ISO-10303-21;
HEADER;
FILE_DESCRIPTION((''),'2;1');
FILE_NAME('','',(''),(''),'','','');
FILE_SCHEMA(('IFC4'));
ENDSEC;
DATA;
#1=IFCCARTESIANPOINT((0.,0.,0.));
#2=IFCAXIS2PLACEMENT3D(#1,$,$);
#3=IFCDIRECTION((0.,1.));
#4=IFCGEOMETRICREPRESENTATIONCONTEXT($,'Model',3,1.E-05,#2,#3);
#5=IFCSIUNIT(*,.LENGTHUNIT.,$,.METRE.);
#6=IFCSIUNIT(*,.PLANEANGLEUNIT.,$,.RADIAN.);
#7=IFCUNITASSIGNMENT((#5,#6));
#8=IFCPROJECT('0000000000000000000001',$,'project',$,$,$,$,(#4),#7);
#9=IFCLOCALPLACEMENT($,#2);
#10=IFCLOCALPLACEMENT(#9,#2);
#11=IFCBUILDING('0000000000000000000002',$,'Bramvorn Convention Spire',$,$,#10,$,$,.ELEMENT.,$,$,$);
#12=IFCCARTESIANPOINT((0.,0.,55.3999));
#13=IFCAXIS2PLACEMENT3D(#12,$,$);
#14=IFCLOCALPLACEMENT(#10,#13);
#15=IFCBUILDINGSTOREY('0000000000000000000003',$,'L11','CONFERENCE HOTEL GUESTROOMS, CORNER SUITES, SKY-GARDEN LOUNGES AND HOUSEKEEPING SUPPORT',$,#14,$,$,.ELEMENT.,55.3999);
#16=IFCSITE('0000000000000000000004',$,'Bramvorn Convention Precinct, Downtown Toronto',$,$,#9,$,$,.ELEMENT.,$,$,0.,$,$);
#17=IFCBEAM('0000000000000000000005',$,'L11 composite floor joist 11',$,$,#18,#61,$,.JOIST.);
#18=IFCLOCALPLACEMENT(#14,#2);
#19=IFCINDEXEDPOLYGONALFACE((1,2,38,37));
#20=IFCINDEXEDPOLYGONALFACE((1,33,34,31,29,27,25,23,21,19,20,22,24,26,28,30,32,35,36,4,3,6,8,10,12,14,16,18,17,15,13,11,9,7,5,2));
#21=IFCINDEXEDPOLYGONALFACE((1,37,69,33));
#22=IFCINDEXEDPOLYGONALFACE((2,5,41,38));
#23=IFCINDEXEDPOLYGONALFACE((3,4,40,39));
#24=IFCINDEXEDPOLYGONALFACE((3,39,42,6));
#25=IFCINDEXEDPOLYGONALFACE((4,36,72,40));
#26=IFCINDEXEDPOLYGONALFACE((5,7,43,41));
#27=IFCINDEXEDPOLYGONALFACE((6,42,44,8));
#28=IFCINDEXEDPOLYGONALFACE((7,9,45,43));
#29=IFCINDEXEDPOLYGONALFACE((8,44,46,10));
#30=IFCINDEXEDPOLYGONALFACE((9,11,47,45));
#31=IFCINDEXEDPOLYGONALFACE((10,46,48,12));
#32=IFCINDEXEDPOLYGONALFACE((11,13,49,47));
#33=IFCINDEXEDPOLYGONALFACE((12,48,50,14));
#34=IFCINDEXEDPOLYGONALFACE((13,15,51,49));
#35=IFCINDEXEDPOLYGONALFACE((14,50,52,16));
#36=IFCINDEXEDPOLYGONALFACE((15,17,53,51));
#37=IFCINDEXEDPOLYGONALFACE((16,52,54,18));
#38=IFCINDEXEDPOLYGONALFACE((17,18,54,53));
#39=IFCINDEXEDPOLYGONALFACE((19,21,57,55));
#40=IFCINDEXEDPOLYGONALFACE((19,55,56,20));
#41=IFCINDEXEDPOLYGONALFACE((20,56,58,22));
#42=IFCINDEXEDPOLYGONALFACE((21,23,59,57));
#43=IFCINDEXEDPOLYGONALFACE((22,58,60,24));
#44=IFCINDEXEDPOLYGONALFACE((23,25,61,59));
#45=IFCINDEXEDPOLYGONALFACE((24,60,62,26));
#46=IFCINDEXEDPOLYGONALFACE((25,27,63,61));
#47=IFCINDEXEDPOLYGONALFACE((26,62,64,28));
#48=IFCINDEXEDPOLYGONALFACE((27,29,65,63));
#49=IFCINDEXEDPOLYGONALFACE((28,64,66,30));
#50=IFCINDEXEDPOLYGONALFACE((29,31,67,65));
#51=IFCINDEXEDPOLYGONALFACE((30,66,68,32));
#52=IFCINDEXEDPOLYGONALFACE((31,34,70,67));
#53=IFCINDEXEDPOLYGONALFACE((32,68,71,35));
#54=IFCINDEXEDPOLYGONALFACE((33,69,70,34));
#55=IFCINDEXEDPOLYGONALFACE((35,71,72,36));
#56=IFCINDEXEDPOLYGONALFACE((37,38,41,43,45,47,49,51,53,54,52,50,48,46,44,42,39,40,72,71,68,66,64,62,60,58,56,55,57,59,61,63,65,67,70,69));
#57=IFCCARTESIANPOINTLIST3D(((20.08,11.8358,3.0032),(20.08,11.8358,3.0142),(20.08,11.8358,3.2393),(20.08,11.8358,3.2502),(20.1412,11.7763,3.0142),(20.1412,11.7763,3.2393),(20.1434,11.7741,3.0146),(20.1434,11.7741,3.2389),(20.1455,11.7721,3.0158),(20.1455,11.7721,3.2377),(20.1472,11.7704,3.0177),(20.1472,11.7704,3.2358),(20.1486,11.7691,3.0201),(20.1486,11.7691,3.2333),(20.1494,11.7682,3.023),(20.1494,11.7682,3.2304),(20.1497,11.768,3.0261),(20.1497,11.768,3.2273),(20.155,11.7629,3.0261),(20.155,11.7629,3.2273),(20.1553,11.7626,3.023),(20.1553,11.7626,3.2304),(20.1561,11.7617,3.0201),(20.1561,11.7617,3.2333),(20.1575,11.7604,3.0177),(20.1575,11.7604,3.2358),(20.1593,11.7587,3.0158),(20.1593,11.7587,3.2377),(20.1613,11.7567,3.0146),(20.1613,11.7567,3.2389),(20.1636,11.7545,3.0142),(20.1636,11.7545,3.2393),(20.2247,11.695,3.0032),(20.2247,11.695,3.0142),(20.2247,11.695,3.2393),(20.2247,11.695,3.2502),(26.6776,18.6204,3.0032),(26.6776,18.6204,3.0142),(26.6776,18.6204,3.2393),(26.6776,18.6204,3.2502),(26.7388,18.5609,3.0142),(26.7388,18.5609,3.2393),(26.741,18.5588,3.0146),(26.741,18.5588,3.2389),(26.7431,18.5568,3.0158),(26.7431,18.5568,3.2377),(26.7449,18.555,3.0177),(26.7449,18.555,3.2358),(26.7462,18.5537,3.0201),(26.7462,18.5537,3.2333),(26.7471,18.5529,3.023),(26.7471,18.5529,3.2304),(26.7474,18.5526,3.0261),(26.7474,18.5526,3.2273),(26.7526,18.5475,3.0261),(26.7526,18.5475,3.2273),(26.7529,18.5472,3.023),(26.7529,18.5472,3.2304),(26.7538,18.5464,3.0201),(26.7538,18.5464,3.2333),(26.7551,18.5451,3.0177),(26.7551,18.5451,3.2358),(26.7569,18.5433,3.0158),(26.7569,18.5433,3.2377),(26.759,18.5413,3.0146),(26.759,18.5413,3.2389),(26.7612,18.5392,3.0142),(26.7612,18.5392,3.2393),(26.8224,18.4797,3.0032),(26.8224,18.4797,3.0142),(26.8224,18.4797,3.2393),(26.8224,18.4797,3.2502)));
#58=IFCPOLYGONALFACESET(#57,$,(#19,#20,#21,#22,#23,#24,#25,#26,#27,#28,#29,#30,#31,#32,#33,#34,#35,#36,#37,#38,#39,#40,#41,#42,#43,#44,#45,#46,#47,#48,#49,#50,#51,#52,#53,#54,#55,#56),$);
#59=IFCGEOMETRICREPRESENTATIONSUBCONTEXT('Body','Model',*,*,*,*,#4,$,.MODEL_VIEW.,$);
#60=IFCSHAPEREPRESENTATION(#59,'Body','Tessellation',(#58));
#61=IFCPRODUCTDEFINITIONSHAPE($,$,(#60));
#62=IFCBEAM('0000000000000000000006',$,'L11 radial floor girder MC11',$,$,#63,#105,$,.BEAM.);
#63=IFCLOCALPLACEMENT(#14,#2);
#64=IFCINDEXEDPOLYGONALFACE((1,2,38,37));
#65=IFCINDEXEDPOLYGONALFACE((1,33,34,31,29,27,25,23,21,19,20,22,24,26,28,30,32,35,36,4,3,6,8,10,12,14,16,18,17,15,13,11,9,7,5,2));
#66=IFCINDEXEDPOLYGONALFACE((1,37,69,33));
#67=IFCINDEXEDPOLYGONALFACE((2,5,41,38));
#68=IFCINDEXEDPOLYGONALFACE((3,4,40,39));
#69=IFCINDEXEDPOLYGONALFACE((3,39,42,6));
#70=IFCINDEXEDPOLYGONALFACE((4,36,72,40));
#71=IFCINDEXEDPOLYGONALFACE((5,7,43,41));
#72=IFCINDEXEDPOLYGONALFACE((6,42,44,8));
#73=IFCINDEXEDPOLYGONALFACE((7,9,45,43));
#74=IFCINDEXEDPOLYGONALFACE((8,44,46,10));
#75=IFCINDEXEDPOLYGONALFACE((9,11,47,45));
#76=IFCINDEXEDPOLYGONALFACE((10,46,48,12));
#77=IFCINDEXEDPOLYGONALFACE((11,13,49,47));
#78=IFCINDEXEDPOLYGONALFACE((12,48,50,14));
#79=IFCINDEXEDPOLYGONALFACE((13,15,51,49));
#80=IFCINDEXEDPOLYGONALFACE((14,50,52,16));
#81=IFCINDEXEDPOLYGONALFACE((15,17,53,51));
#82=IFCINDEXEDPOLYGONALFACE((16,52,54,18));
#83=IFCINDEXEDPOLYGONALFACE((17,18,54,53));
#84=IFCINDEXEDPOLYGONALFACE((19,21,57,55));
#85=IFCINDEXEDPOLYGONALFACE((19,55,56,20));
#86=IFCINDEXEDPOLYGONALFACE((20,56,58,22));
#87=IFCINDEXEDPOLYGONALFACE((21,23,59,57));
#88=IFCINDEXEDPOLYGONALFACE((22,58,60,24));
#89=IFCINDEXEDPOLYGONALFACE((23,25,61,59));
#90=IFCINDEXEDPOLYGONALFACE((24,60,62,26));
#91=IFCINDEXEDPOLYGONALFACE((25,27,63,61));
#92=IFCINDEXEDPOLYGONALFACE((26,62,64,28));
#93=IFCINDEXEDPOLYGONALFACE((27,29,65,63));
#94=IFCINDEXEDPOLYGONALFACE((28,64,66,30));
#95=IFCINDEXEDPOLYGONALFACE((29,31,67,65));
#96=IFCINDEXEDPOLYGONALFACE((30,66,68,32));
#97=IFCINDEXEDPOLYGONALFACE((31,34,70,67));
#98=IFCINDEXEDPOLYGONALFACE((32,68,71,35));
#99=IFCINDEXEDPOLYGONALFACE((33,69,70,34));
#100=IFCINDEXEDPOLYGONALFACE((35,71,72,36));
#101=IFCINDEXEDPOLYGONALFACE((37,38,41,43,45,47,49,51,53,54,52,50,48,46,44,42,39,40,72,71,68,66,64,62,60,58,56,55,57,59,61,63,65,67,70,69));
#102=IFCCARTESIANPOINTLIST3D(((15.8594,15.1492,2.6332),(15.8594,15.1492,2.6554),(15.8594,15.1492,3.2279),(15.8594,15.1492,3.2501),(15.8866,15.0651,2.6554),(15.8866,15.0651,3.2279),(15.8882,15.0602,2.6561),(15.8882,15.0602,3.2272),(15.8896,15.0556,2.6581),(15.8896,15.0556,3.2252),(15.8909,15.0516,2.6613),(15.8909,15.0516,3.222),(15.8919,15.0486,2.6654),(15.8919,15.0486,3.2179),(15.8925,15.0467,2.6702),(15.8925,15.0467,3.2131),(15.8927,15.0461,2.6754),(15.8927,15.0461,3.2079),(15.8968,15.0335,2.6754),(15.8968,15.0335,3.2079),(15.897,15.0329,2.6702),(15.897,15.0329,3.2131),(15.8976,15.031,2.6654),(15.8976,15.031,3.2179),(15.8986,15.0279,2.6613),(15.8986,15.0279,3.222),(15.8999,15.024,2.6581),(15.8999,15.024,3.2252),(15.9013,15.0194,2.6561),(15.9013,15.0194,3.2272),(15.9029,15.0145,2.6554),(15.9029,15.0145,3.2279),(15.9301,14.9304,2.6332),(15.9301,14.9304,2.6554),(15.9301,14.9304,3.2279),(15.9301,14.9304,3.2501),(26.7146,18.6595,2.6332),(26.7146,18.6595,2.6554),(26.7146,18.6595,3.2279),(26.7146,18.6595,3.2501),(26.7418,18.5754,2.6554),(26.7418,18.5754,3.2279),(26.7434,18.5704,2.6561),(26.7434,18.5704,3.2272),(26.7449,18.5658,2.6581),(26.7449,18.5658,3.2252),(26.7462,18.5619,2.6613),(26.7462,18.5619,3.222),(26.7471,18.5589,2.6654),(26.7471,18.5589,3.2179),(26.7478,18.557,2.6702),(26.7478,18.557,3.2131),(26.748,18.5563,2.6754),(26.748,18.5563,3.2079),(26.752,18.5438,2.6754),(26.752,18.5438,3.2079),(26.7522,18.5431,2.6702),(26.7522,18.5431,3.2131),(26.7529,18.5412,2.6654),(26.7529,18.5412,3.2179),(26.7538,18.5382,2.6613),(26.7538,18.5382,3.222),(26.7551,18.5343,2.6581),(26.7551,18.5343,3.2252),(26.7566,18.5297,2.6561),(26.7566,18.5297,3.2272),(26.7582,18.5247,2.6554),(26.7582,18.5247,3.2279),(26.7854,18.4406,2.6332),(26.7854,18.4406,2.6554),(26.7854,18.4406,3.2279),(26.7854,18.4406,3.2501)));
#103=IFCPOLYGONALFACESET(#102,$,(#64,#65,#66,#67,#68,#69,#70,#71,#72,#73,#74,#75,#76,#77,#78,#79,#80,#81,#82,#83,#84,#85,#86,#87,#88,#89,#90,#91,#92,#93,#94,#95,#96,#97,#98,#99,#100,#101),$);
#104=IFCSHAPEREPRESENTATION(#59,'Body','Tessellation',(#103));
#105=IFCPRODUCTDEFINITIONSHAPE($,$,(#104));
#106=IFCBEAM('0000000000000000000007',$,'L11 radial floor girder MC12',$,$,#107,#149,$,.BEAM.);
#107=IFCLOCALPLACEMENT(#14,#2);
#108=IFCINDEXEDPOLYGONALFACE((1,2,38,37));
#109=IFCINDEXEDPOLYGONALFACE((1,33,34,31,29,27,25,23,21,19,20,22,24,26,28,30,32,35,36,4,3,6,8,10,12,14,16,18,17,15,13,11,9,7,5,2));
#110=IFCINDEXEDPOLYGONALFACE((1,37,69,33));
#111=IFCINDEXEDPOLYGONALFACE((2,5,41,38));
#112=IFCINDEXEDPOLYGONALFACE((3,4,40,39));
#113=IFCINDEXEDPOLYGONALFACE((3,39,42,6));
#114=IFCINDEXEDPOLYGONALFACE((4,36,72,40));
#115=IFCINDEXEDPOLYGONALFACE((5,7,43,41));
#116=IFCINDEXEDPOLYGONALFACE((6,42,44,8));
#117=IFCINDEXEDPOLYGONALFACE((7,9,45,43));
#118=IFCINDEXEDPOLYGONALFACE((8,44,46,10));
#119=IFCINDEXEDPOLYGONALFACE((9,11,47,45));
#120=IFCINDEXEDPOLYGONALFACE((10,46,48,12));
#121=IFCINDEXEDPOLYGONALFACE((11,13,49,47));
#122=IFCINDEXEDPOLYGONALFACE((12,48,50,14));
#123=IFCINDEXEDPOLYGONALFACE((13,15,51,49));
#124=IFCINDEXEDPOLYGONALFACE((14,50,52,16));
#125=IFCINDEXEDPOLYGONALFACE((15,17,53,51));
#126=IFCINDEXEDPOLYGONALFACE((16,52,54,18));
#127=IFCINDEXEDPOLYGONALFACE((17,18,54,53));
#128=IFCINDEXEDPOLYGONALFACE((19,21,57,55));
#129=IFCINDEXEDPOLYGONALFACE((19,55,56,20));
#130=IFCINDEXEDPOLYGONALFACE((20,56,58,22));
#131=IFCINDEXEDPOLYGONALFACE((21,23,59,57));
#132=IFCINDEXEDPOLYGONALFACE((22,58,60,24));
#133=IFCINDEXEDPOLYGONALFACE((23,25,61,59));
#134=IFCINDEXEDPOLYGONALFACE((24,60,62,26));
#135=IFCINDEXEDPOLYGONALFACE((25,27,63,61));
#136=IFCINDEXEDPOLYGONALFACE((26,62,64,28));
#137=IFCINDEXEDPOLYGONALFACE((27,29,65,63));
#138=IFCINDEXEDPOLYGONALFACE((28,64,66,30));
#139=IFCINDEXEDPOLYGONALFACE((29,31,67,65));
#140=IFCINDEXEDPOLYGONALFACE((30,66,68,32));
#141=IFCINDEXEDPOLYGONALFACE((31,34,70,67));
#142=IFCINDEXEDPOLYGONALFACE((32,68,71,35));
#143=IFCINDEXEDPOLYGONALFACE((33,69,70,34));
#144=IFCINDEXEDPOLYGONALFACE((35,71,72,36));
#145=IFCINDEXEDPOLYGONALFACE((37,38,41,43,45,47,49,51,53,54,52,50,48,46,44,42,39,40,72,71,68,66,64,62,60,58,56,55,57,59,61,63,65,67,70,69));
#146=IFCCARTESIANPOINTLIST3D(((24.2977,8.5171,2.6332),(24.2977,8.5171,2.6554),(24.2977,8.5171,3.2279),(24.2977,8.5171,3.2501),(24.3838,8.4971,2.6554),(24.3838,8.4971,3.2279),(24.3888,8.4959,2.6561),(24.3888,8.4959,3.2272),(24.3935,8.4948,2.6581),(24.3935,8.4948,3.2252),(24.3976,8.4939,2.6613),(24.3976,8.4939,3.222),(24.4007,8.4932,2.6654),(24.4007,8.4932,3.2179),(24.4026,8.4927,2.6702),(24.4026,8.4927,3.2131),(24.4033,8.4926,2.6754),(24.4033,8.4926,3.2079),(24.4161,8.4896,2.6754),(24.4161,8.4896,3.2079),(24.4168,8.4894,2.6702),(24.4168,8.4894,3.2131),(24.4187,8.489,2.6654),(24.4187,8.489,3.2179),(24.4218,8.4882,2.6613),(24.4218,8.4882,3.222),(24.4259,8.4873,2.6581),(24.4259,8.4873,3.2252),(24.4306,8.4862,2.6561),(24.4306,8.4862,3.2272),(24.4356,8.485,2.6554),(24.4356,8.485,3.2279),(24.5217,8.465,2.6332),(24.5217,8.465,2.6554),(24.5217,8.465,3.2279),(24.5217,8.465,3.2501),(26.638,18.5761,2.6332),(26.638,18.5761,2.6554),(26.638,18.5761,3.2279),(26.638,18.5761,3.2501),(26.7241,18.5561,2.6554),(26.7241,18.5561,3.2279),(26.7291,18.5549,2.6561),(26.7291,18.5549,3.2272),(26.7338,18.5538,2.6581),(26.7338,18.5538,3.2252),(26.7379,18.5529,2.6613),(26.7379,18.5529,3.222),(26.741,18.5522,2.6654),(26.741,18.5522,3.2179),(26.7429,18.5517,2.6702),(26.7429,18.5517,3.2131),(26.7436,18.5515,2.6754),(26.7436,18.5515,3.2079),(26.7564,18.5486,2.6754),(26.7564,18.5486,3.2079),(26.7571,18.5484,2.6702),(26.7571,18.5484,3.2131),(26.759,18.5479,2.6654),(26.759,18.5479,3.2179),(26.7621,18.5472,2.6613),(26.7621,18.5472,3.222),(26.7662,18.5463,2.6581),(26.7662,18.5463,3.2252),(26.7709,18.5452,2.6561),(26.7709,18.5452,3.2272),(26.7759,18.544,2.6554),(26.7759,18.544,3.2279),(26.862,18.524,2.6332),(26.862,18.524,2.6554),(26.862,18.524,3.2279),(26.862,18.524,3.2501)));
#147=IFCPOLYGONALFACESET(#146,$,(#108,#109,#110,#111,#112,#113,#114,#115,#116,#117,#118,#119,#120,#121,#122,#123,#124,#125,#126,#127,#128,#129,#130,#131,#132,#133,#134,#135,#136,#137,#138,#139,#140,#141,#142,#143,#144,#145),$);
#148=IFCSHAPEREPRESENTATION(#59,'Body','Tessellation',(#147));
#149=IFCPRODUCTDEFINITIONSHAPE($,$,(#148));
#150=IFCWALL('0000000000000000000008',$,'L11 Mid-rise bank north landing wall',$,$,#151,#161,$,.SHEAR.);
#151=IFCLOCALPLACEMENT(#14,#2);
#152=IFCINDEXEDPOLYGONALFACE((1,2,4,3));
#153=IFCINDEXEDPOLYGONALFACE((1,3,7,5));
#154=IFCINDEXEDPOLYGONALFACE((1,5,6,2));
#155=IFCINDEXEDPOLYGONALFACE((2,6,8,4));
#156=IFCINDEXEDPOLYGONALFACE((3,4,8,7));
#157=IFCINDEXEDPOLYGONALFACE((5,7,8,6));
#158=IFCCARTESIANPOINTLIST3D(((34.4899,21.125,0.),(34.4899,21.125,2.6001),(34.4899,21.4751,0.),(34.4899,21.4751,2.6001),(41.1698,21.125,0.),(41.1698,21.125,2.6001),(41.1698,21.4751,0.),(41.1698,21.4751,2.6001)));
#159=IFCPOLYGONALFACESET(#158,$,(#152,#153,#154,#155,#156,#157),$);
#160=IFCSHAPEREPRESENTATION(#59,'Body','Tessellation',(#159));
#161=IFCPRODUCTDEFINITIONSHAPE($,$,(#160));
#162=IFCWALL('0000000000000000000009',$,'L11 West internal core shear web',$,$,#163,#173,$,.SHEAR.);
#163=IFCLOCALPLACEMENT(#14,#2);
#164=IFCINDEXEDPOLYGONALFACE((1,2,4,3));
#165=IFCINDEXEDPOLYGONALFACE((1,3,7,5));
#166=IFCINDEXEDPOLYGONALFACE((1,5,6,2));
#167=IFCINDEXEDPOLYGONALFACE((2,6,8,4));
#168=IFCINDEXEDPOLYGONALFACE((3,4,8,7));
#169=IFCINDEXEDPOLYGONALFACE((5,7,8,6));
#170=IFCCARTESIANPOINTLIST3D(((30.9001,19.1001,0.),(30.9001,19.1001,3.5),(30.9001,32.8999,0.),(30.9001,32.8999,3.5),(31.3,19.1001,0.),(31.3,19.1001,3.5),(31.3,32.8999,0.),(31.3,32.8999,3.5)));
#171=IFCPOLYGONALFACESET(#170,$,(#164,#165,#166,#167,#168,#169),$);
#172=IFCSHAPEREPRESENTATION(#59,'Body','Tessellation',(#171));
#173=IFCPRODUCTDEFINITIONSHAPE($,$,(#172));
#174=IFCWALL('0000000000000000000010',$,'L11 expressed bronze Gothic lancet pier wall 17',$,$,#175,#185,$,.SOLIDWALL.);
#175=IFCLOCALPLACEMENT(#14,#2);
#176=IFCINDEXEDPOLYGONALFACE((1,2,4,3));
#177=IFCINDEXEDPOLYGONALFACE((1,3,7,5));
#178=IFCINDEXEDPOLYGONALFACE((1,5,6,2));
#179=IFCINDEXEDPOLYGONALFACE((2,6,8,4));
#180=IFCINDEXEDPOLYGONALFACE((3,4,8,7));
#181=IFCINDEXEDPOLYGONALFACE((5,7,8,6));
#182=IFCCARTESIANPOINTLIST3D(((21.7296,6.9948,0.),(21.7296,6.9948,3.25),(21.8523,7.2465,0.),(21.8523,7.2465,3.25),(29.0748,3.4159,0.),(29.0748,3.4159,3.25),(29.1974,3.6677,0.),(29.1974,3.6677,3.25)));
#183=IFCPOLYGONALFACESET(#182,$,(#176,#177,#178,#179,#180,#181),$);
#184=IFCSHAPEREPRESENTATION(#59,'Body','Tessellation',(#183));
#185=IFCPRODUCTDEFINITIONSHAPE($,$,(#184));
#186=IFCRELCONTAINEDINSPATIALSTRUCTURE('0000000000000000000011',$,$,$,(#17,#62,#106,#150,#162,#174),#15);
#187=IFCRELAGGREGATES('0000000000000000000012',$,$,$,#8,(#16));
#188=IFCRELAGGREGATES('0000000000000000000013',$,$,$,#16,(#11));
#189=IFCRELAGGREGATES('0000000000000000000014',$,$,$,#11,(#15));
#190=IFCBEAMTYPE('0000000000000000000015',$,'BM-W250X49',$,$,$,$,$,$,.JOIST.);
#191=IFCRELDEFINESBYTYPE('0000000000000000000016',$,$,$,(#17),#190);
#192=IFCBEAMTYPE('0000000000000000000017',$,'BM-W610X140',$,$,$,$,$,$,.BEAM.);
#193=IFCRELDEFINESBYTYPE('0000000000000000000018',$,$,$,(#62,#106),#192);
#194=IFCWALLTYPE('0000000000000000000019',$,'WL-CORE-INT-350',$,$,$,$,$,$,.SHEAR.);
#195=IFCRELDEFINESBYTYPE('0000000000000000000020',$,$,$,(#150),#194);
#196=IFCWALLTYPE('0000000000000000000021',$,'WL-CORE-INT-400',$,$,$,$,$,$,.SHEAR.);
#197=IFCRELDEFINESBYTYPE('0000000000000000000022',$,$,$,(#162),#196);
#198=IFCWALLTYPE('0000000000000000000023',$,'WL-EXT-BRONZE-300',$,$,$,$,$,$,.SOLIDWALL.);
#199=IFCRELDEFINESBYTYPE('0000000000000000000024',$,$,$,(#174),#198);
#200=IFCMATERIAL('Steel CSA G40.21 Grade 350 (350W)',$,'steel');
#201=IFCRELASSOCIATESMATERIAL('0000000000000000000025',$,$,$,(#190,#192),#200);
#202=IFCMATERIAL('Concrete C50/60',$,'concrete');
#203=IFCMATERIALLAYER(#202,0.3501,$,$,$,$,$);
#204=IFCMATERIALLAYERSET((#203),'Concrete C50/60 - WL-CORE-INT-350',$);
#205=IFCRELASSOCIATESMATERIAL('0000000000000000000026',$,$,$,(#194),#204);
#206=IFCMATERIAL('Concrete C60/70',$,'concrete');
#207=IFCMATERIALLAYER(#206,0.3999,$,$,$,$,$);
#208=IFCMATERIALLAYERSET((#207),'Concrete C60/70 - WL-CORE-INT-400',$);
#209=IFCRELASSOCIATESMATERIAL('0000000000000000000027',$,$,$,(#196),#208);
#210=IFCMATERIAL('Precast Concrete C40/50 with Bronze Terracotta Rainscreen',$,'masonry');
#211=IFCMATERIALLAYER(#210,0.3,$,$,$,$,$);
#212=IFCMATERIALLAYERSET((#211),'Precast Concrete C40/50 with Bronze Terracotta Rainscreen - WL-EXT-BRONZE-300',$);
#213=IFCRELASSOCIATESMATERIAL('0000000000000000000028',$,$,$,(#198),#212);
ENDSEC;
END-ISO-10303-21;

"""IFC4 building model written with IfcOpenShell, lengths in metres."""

from ifc_helpers import new_model, si_unit, direction, frame, frame_2d, origin, origin_2d, place, context, subcontext, project, spatial, rectangle, i_section, extrude, material, layer, layer_set, material_profile, profile_set, type_object, element, save


model = new_model("IFC4")

# Units and contexts
model_context = context("Model", 3, precision=1e-05, world=origin(), true_north=direction((0.0, 1.0)))
body_context = subcontext(model_context, "Body", "Model", "MODEL_VIEW")
ifc_project = project(units=[si_unit("LENGTHUNIT", "METRE"), si_unit("PLANEANGLEUNIT", "RADIAN")], contexts=[model_context])

# Site, building, storey
site_placement = place(None, origin())
site = spatial("IfcSite", under=ifc_project, at=site_placement, Name="Bramvorn Convention Precinct, Downtown Toronto", CompositionType="ELEMENT", RefElevation=0.0)
building_placement = place(site_placement, origin())
building = spatial("IfcBuilding", under=site, at=building_placement, Name="Bramvorn Convention Spire", CompositionType="ELEMENT")
storey_placement = place(building_placement, frame((0.0, 0.0, 55.3999)))
storey = spatial("IfcBuildingStorey", under=building, at=storey_placement, Name="L11", Description="CONFERENCE HOTEL GUESTROOMS, CORNER SUITES, SKY-GARDEN LOUNGES AND HOUSEKEEPING SUPPORT", CompositionType="ELEMENT", Elevation=55.3999)

# Beams
ifc_material_1 = material(Name="Steel CSA G40.21 Grade 350 (350W)", Category="steel")
ifc_material_profile_1 = material_profile(ifc_material_1, i_section(OverallWidth=0.2019, OverallDepth=0.2471, WebThickness=0.0073, FlangeThickness=0.011, FilletRadius=0.012, at=origin_2d()))
ifc_profile_set_1 = profile_set([ifc_material_profile_1], Name="Steel CSA G40.21 Grade 350 (350W) - W250X49")
beam_type_1 = type_object("IfcBeamType", Name="BM-W250X49", PredefinedType="JOIST", material=ifc_profile_set_1)
beam_1_placement = place(storey_placement, frame((26.75, 18.55, 3.1267), z_axis=(-0.697157, -0.716918, 0.0), x_axis=(0.716918, -0.697157, 0.0)))
element("IfcBeam", 1, at=beam_1_placement, inside=storey, type_object=beam_type_1, Name="L11 composite floor joist 11", PredefinedType="JOIST", context=body_context, shape_type="SweptSolid", body=[
    extrude(i_section(OverallWidth=0.2019, OverallDepth=0.2471, WebThickness=0.0073, FlangeThickness=0.011, FilletRadius=0.012, at=origin_2d()), origin(), (0.0, 0.0, 1.0), 9.4636),
])
ifc_material_profile_2 = material_profile(ifc_material_1, i_section(OverallWidth=0.23, OverallDepth=0.6169, WebThickness=0.0132, FlangeThickness=0.0222, FilletRadius=0.02, at=origin_2d()))
ifc_profile_set_2 = profile_set([ifc_material_profile_2], Name="Steel CSA G40.21 Grade 350 (350W) - W610X140")
beam_type_2 = type_object("IfcBeamType", Name="BM-W610X140", PredefinedType="BEAM", material=ifc_profile_set_2)
beam_2_placement = place(storey_placement, frame((26.75, 18.55, 2.9417), z_axis=(-0.951489, -0.307683, 0.0), x_axis=(0.307683, -0.951489, 0.0)))
element("IfcBeam", 2, at=beam_2_placement, inside=storey, type_object=beam_type_2, Name="L11 radial floor girder MC11", PredefinedType="BEAM", context=body_context, shape_type="SweptSolid", body=[
    extrude(i_section(OverallWidth=0.23, OverallDepth=0.6169, WebThickness=0.0132, FlangeThickness=0.0222, FilletRadius=0.02, at=origin_2d()), origin(), (0.0, 0.0, 1.0), 11.4087),
])
beam_3_placement = place(storey_placement, frame((26.75, 18.55, 2.9417), z_axis=(-0.226606, -0.973986, 0.0), x_axis=(0.973986, -0.226606, 0.0)))
element("IfcBeam", 3, at=beam_3_placement, inside=storey, type_object=beam_type_2, Name="L11 radial floor girder MC12", PredefinedType="BEAM", context=body_context, shape_type="SweptSolid", body=[
    extrude(i_section(OverallWidth=0.23, OverallDepth=0.6169, WebThickness=0.0132, FlangeThickness=0.0222, FilletRadius=0.02, at=origin_2d()), origin(), (0.0, 0.0, 1.0), 10.3276),
])

# Shared definitions
ifc_material_2 = material(Name="Concrete C60/70", Category="concrete")

# Walls
ifc_material_3 = material(Name="Concrete C50/60", Category="concrete")
ifc_layer_1 = layer(ifc_material_3, 0.3501)
ifc_layer_set_1 = layer_set([ifc_layer_1], Name="Concrete C50/60 - WL-CORE-INT-350")
wall_type_1 = type_object("IfcWallType", Name="WL-CORE-INT-350", PredefinedType="SHEAR", material=ifc_layer_set_1)
wall_1_placement = place(storey_placement, frame((34.49, 21.3, 0.0), z_axis=(0.0, 0.0, 1.0), x_axis=(1.0, 0.0, 0.0)))
element("IfcWall", 4, at=wall_1_placement, inside=storey, type_object=wall_type_1, Name="L11 Mid-rise bank north landing wall", PredefinedType="SHEAR", context=body_context, shape_type="SweptSolid", body=[
    extrude(rectangle(XDim=6.6799, YDim=0.3501, at=frame_2d((3.3398, 0.0))), origin(), (0.0, 0.0, 1.0), 2.6001),
])
ifc_layer_2 = layer(ifc_material_2, 0.3999)
ifc_layer_set_2 = layer_set([ifc_layer_2], Name="Concrete C60/70 - WL-CORE-INT-400")
wall_type_2 = type_object("IfcWallType", Name="WL-CORE-INT-400", PredefinedType="SHEAR", material=ifc_layer_set_2)
wall_2_placement = place(storey_placement, frame((31.1001, 19.1001, 0.0), z_axis=(0.0, 0.0, 1.0), x_axis=(0.0, 1.0, 0.0)))
element("IfcWall", 5, at=wall_2_placement, inside=storey, type_object=wall_type_2, Name="L11 West internal core shear web", PredefinedType="SHEAR", context=body_context, shape_type="SweptSolid", body=[
    extrude(rectangle(XDim=13.7998, YDim=0.3999, at=frame_2d((6.8999, 0.0))), origin(), (0.0, 0.0, 1.0), 3.5),
])
ifc_material_4 = material(Name="Precast Concrete C40/50 with Bronze Terracotta Rainscreen", Category="masonry")
ifc_layer_3 = layer(ifc_material_4, 0.3)
ifc_layer_set_3 = layer_set([ifc_layer_3], Name="Precast Concrete C40/50 with Bronze Terracotta Rainscreen - WL-EXT-BRONZE-300")
wall_type_3 = type_object("IfcWallType", Name="WL-EXT-BRONZE-300", PredefinedType="SOLIDWALL", material=ifc_layer_set_3)
wall_3_placement = place(storey_placement, frame((29.1362, 3.5417, 0.0), z_axis=(0.0, 0.0, 1.0), x_axis=(-0.89897, 0.438011, 0.0)))
element("IfcWall", 6, at=wall_3_placement, inside=storey, type_object=wall_type_3, Name="L11 expressed bronze Gothic lancet pier wall 17", PredefinedType="SOLIDWALL", context=body_context, shape_type="SweptSolid", body=[
    extrude(rectangle(XDim=8.1707, YDim=0.28, at=frame_2d((4.0854, 0.0))), origin(), (0.0, 0.0, 1.0), 3.25),
])

save(model, "model.ifc")
